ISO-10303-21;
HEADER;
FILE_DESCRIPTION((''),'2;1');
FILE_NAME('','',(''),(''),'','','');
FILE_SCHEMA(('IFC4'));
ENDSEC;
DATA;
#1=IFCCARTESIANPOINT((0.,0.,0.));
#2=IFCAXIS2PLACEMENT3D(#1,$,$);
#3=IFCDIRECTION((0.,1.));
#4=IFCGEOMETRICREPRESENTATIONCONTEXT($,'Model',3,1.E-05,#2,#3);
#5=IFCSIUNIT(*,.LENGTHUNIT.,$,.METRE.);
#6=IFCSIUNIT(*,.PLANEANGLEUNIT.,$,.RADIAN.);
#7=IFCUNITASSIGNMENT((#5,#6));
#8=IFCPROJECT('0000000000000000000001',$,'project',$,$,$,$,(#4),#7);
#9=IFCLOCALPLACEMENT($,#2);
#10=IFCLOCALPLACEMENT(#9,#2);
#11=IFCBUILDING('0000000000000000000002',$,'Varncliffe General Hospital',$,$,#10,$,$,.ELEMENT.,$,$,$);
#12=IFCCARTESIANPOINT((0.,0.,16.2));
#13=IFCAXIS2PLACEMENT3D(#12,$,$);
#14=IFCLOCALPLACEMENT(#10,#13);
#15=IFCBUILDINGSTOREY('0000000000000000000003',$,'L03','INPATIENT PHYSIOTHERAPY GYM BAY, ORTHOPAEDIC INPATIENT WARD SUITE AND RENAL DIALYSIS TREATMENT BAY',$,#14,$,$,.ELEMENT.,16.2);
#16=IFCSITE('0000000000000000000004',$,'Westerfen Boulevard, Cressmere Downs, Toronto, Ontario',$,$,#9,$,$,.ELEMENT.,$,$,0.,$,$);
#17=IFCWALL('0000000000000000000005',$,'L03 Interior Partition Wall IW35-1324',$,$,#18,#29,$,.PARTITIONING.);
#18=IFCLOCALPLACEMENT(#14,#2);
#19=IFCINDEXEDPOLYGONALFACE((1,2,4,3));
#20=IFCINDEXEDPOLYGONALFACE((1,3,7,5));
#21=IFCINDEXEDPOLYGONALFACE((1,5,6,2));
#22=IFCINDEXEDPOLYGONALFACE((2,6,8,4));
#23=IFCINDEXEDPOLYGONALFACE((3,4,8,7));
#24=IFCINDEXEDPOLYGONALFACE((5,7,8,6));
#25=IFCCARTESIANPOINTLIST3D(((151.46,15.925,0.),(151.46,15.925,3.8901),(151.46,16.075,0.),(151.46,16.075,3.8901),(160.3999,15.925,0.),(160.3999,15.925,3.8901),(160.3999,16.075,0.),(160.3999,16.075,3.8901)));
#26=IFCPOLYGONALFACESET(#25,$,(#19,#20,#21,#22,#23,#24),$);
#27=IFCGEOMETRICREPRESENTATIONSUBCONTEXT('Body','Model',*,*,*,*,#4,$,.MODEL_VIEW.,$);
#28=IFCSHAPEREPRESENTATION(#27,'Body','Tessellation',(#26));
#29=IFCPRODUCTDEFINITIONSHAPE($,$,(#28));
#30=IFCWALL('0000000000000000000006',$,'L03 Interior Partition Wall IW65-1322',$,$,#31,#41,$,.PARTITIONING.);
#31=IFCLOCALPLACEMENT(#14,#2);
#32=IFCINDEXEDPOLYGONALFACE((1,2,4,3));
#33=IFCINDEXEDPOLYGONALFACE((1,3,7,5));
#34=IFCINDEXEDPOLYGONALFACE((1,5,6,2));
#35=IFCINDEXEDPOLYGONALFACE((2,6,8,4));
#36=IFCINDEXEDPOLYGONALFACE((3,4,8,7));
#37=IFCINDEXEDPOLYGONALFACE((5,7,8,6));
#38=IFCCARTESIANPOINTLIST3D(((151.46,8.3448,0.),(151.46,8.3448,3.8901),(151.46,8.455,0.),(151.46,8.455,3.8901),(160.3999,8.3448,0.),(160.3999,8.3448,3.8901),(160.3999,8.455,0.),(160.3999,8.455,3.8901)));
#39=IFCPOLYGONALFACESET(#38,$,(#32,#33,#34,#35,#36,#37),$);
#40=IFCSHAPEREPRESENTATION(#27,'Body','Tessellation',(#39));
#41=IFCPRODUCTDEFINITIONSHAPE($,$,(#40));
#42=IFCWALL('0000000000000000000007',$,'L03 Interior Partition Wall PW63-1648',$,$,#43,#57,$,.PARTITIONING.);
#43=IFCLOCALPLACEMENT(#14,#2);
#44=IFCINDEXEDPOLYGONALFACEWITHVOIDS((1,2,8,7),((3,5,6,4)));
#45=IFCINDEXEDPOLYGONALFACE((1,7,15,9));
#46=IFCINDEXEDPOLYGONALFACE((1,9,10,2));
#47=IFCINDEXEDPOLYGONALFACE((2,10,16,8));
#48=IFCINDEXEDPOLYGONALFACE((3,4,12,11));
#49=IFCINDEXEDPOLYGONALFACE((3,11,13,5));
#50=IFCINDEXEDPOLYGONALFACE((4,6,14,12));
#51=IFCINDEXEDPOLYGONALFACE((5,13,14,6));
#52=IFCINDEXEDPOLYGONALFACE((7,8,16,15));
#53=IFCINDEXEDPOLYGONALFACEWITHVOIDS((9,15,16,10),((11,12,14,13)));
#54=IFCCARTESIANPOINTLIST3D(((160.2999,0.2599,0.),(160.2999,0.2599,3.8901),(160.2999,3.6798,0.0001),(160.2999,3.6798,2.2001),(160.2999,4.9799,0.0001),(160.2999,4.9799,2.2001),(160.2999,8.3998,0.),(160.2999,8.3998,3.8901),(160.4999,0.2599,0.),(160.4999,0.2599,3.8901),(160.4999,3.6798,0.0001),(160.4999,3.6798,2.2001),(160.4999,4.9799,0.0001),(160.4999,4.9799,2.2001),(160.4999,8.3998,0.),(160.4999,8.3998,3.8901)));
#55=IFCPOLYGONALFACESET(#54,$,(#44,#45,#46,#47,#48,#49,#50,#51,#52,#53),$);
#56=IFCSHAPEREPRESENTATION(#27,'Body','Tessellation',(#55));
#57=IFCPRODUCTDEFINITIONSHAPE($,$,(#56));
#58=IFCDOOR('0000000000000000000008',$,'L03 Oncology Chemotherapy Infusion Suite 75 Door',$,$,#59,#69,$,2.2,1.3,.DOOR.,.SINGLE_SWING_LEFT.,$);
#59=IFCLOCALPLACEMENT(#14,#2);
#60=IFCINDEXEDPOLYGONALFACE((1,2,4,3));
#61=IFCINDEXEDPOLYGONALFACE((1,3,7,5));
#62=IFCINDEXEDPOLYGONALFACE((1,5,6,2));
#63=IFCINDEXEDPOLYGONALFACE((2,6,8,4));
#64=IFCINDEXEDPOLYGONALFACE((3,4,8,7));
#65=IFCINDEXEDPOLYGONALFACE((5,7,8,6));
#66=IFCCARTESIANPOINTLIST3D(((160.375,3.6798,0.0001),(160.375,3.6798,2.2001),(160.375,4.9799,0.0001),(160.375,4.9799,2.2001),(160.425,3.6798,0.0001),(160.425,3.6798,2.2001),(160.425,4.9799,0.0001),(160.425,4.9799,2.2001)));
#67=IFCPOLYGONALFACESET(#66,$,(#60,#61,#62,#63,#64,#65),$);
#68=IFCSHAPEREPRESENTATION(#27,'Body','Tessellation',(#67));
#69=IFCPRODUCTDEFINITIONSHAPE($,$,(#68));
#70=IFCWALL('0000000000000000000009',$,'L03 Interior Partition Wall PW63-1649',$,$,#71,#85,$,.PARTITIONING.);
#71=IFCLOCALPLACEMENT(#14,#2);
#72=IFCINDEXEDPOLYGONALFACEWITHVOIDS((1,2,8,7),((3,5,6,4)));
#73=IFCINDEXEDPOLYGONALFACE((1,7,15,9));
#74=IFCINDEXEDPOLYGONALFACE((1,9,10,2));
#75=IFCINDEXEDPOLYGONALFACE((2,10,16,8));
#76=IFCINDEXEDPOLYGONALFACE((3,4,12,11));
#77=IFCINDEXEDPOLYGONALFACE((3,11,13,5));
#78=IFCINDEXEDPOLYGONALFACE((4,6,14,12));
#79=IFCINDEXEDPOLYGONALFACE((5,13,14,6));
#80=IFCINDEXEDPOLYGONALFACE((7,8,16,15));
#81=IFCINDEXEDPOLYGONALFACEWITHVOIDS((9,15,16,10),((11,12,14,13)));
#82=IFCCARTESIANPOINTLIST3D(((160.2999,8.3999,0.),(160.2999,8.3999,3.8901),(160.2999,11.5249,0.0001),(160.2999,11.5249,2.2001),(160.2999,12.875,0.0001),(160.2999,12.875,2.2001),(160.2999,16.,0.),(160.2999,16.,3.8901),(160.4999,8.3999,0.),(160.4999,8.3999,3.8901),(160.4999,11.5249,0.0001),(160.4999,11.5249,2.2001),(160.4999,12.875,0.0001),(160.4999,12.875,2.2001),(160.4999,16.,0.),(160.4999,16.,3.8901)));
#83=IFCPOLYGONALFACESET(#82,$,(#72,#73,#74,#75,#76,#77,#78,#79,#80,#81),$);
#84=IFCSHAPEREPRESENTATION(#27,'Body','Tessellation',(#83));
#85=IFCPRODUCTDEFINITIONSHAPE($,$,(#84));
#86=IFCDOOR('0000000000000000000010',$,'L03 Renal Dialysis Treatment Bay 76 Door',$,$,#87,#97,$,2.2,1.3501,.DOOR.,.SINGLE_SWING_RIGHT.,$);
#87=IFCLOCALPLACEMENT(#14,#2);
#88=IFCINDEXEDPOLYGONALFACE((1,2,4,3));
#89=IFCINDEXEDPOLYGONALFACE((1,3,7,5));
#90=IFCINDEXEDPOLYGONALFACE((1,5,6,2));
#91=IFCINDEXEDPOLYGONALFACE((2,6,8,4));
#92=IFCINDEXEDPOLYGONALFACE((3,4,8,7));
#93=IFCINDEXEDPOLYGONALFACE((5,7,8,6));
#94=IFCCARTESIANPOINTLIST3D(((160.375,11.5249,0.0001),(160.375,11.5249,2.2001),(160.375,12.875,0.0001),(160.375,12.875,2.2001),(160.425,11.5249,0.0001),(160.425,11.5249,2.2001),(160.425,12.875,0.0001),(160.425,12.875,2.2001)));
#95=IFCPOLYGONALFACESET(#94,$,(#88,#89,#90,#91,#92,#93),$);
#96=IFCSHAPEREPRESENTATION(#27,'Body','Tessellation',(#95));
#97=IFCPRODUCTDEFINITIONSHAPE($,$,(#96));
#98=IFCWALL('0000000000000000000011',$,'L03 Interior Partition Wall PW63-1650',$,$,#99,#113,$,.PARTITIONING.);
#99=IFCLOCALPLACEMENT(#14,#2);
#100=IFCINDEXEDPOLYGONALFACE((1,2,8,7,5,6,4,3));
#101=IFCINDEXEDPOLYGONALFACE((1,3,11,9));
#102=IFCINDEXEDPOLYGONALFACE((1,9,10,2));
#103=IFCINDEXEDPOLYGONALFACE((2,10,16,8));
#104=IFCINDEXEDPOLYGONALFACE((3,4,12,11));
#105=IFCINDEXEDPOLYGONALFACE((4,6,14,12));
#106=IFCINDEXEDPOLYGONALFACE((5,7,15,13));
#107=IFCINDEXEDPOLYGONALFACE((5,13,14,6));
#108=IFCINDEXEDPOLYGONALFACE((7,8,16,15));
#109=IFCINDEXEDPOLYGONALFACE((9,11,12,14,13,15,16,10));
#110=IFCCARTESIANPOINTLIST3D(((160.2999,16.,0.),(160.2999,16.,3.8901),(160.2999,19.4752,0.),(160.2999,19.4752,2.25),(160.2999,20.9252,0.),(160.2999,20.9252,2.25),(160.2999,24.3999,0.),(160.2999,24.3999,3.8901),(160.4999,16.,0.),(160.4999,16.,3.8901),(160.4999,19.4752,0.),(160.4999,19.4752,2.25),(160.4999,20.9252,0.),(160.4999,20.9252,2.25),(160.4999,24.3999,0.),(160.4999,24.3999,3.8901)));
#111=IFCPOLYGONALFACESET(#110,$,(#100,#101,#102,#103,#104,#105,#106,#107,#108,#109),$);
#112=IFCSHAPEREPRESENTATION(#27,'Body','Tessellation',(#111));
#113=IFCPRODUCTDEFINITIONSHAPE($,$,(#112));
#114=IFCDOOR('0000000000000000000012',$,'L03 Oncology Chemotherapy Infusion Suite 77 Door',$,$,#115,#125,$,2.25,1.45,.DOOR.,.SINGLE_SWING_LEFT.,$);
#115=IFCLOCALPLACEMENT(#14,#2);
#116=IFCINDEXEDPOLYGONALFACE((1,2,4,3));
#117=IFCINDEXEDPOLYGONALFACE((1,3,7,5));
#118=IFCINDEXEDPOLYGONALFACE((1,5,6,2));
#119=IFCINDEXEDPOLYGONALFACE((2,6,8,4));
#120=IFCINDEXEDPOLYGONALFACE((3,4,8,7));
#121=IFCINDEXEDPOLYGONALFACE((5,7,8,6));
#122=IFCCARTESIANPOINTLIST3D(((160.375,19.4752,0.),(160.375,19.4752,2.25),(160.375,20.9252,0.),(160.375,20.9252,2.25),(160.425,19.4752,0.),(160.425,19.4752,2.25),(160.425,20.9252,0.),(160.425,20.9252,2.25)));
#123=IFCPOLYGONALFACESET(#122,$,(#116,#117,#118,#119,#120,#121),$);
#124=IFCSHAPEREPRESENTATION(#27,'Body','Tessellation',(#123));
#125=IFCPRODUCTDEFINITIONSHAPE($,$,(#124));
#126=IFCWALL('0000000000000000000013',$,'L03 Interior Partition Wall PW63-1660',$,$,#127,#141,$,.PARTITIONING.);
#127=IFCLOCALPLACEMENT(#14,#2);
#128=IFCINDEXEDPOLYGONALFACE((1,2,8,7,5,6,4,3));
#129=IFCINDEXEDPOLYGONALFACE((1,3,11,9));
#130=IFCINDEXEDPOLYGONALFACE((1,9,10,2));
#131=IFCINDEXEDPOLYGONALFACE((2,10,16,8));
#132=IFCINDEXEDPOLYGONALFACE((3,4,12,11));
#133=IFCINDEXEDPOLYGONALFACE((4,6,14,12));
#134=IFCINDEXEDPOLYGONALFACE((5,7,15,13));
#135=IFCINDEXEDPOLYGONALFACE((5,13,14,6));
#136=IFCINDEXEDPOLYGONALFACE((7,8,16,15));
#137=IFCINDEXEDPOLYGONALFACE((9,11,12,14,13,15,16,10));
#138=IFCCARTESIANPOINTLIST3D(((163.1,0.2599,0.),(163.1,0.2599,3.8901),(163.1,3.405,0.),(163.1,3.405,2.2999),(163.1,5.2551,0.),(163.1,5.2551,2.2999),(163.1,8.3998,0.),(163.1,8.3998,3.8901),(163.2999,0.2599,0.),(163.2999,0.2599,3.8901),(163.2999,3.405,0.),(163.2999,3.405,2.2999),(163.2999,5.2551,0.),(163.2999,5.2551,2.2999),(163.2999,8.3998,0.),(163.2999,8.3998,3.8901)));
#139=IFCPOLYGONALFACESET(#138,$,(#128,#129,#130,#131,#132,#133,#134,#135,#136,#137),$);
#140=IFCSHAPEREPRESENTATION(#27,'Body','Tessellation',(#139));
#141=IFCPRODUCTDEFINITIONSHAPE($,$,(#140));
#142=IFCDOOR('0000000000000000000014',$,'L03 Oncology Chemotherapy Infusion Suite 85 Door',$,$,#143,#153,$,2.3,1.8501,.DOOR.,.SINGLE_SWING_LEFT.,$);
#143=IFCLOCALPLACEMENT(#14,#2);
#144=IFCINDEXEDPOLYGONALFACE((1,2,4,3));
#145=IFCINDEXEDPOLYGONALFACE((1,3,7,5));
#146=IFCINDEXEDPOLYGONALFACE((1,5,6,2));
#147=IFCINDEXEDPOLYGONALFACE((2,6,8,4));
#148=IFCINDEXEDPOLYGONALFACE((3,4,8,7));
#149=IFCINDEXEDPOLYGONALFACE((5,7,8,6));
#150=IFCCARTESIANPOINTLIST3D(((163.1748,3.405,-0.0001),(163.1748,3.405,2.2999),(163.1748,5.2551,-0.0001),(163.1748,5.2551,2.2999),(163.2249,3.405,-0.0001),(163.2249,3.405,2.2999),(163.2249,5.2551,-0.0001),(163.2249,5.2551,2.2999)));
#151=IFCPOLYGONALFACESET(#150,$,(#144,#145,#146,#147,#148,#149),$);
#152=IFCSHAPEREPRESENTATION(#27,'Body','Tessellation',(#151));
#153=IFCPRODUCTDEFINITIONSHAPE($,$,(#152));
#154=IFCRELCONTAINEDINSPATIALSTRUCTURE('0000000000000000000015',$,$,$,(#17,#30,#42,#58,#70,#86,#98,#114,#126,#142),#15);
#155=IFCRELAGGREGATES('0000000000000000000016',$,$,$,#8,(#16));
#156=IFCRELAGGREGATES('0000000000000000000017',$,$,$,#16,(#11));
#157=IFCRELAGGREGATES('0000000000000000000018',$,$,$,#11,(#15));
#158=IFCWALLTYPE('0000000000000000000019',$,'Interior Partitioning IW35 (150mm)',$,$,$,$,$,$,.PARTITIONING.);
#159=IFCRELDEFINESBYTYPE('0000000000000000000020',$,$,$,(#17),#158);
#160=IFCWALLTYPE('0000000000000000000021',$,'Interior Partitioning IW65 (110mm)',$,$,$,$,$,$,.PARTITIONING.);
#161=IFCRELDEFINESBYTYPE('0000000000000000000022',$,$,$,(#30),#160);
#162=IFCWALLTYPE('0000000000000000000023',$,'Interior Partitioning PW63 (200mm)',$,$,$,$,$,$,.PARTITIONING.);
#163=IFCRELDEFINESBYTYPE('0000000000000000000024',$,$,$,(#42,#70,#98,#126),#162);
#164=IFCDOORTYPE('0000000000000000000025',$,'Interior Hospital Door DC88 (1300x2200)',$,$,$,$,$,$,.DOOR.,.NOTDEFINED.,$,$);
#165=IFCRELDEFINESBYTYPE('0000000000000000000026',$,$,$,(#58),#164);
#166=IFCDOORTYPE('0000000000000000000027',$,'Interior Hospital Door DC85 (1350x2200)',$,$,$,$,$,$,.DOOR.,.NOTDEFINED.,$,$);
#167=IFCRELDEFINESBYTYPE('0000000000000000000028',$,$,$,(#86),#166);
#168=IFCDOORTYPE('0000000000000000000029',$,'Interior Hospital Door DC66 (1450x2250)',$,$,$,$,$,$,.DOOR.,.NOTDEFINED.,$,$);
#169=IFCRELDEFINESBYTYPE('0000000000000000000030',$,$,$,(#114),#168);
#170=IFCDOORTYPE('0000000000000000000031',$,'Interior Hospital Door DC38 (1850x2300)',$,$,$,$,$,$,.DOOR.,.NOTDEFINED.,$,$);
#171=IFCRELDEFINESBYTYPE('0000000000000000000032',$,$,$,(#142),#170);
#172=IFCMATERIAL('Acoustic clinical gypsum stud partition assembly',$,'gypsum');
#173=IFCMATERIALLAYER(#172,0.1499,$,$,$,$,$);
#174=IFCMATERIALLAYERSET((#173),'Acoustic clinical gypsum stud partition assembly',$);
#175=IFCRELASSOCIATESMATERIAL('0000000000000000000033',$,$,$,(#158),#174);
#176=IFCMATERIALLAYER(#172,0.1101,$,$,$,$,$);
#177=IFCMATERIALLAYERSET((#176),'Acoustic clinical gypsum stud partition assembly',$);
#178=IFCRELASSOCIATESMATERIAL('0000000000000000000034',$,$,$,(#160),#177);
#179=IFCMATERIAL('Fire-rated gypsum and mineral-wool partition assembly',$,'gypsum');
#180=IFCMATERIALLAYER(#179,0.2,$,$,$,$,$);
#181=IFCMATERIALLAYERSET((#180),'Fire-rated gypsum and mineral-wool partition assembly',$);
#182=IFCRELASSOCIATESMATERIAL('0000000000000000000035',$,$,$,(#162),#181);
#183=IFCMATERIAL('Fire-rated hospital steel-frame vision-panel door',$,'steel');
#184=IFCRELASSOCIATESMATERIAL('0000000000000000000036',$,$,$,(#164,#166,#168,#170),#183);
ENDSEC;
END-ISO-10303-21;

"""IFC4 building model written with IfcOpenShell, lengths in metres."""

from ifc_helpers import new_model, si_unit, direction, frame, frame_2d, origin, place, context, subcontext, project, spatial, rectangle, extrude, material, layer, layer_set, type_object, element, fill, save


model = new_model("IFC4")

# Units and contexts
model_context = context("Model", 3, precision=1e-05, world=origin(), true_north=direction((0.0, 1.0)))
body_context = subcontext(model_context, "Body", "Model", "MODEL_VIEW")
ifc_project = project(units=[si_unit("LENGTHUNIT", "METRE"), si_unit("PLANEANGLEUNIT", "RADIAN")], contexts=[model_context])

# Site, building, storey
site_placement = place(None, origin())
site = spatial("IfcSite", under=ifc_project, at=site_placement, Name="Westerfen Boulevard, Cressmere Downs, Toronto, Ontario", CompositionType="ELEMENT", RefElevation=0.0)
building_placement = place(site_placement, origin())
building = spatial("IfcBuilding", under=site, at=building_placement, Name="Varncliffe General Hospital", CompositionType="ELEMENT")
storey_placement = place(building_placement, frame((0.0, 0.0, 16.2)))
storey = spatial("IfcBuildingStorey", under=building, at=storey_placement, Name="L03", Description="INPATIENT PHYSIOTHERAPY GYM BAY, ORTHOPAEDIC INPATIENT WARD SUITE AND RENAL DIALYSIS TREATMENT BAY", CompositionType="ELEMENT", Elevation=16.2)

# Walls
ifc_material_1 = material(Name="Acoustic clinical gypsum stud partition assembly", Category="gypsum")
ifc_layer_1 = layer(ifc_material_1, 0.1499)
ifc_layer_set_1 = layer_set([ifc_layer_1], Name="Acoustic clinical gypsum stud partition assembly")
wall_type_1 = type_object("IfcWallType", Name="Interior Partitioning IW35 (150mm)", PredefinedType="PARTITIONING", material=ifc_layer_set_1)
wall_1_placement = place(storey_placement, frame((151.46, 16.0, 0.0), z_axis=(0.0, 0.0, 1.0), x_axis=(1.0, 0.0, 0.0)))
element("IfcWall", 1, at=wall_1_placement, inside=storey, type_object=wall_type_1, Name="L03 Interior Partition Wall IW35-1324", PredefinedType="PARTITIONING", context=body_context, shape_type="SweptSolid", body=[
    extrude(rectangle(XDim=8.9399, YDim=0.1499, at=frame_2d((4.47, 0.0))), origin(), (0.0, 0.0, 1.0), 3.8901),
])
ifc_layer_2 = layer(ifc_material_1, 0.1101)
ifc_layer_set_2 = layer_set([ifc_layer_2], Name="Acoustic clinical gypsum stud partition assembly")
wall_type_2 = type_object("IfcWallType", Name="Interior Partitioning IW65 (110mm)", PredefinedType="PARTITIONING", material=ifc_layer_set_2)
wall_2_placement = place(storey_placement, frame((151.46, 8.3999, 0.0), z_axis=(0.0, 0.0, 1.0), x_axis=(1.0, 0.0, 0.0)))
element("IfcWall", 2, at=wall_2_placement, inside=storey, type_object=wall_type_2, Name="L03 Interior Partition Wall IW65-1322", PredefinedType="PARTITIONING", context=body_context, shape_type="SweptSolid", body=[
    extrude(rectangle(XDim=8.9399, YDim=0.1101, at=frame_2d((4.47, 0.0))), origin(), (0.0, 0.0, 1.0), 3.8901),
])

# Walls, openings, doors
ifc_material_2 = material(Name="Fire-rated gypsum and mineral-wool partition assembly", Category="gypsum")
ifc_layer_3 = layer(ifc_material_2, 0.2)
ifc_layer_set_3 = layer_set([ifc_layer_3], Name="Fire-rated gypsum and mineral-wool partition assembly")
wall_type_3 = type_object("IfcWallType", Name="Interior Partitioning PW63 (200mm)", PredefinedType="PARTITIONING", material=ifc_layer_set_3)
wall_3_placement = place(storey_placement, frame((160.3999, 0.26, 0.0), z_axis=(0.0, 0.0, 1.0), x_axis=(0.0, 1.0, 0.0)))
wall_3 = element("IfcWall", 3, at=wall_3_placement, inside=storey, type_object=wall_type_3, Name="L03 Interior Partition Wall PW63-1648", PredefinedType="PARTITIONING", context=body_context, shape_type="SweptSolid", body=[
    extrude(rectangle(XDim=8.1399, YDim=0.2, at=frame_2d((4.0698, 0.0))), origin(), (0.0, 0.0, 1.0), 3.8901),
])
opening_1_placement = place(wall_3_placement, frame((3.4199, 0.0, 0.0)))
opening_1 = element("IfcOpeningElement", 4, at=opening_1_placement, cuts=wall_3, PredefinedType="OPENING", context=body_context, shape_type="SweptSolid", body=[
    extrude(rectangle(XDim=1.3, YDim=2.2, at=frame_2d((0.6499, 1.1001))), frame((0.0, 0.1099, 0.0), z_axis=(0.0, -1.0, 0.0), x_axis=(1.0, 0.0, 0.0)), (0.0, 0.0, 1.0), 0.22),
])
ifc_material_3 = material(Name="Fire-rated hospital steel-frame vision-panel door", Category="steel")
door_type_1 = type_object("IfcDoorType", Name="Interior Hospital Door DC88 (1300x2200)", OperationType="NOTDEFINED", PredefinedType="DOOR", material=ifc_material_3)
door_1_placement = place(opening_1_placement, origin())
door_1 = element("IfcDoor", 5, at=door_1_placement, inside=storey, type_object=door_type_1, Name="L03 Oncology Chemotherapy Infusion Suite 75 Door", OperationType="SINGLE_SWING_LEFT", OverallHeight=2.2, OverallWidth=1.3, PredefinedType="DOOR", context=body_context, shape_type="SweptSolid", body=[
    extrude(rectangle(XDim=1.3, YDim=2.2, at=frame_2d((0.6499, 1.1001))), frame((0.0, 0.0249, 0.0), z_axis=(0.0, -1.0, 0.0), x_axis=(1.0, 0.0, 0.0)), (0.0, 0.0, 1.0), 0.05),
])
fill(opening_1, door_1)
wall_4_placement = place(storey_placement, frame((160.3999, 8.3999, 0.0), z_axis=(0.0, 0.0, 1.0), x_axis=(0.0, 1.0, 0.0)))
wall_4 = element("IfcWall", 6, at=wall_4_placement, inside=storey, type_object=wall_type_3, Name="L03 Interior Partition Wall PW63-1649", PredefinedType="PARTITIONING", context=body_context, shape_type="SweptSolid", body=[
    extrude(rectangle(XDim=7.6001, YDim=0.2, at=frame_2d((3.8, 0.0))), origin(), (0.0, 0.0, 1.0), 3.8901),
])
opening_2_placement = place(wall_4_placement, frame((3.125, 0.0, 0.0)))
opening_2 = element("IfcOpeningElement", 7, at=opening_2_placement, cuts=wall_4, PredefinedType="OPENING", context=body_context, shape_type="SweptSolid", body=[
    extrude(rectangle(XDim=1.3501, YDim=2.2, at=frame_2d((0.675, 1.1001))), frame((0.0, 0.1099, 0.0), z_axis=(0.0, -1.0, 0.0), x_axis=(1.0, 0.0, 0.0)), (0.0, 0.0, 1.0), 0.22),
])
door_type_2 = type_object("IfcDoorType", Name="Interior Hospital Door DC85 (1350x2200)", OperationType="NOTDEFINED", PredefinedType="DOOR", material=ifc_material_3)
door_2_placement = place(opening_2_placement, origin())
door_2 = element("IfcDoor", 8, at=door_2_placement, inside=storey, type_object=door_type_2, Name="L03 Renal Dialysis Treatment Bay 76 Door", OperationType="SINGLE_SWING_RIGHT", OverallHeight=2.2, OverallWidth=1.3501, PredefinedType="DOOR", context=body_context, shape_type="SweptSolid", body=[
    extrude(rectangle(XDim=1.3501, YDim=2.2, at=frame_2d((0.675, 1.1001))), frame((0.0, 0.0249, 0.0), z_axis=(0.0, -1.0, 0.0), x_axis=(1.0, 0.0, 0.0)), (0.0, 0.0, 1.0), 0.05),
])
fill(opening_2, door_2)
wall_5_placement = place(storey_placement, frame((160.3999, 16.0, 0.0), z_axis=(0.0, 0.0, 1.0), x_axis=(0.0, 1.0, 0.0)))
wall_5 = element("IfcWall", 9, at=wall_5_placement, inside=storey, type_object=wall_type_3, Name="L03 Interior Partition Wall PW63-1650", PredefinedType="PARTITIONING", context=body_context, shape_type="SweptSolid", body=[
    extrude(rectangle(XDim=8.3999, YDim=0.2, at=frame_2d((4.2, 0.0))), origin(), (0.0, 0.0, 1.0), 3.8901),
])
opening_3_placement = place(wall_5_placement, frame((3.4751, 0.0, 0.0)))
opening_3 = element("IfcOpeningElement", 10, at=opening_3_placement, cuts=wall_5, PredefinedType="OPENING", context=body_context, shape_type="SweptSolid", body=[
    extrude(rectangle(XDim=1.45, YDim=2.25, at=frame_2d((0.7251, 1.125))), frame((0.0, 0.1099, 0.0), z_axis=(0.0, -1.0, 0.0), x_axis=(1.0, 0.0, 0.0)), (0.0, 0.0, 1.0), 0.22),
])
door_type_3 = type_object("IfcDoorType", Name="Interior Hospital Door DC66 (1450x2250)", OperationType="NOTDEFINED", PredefinedType="DOOR", material=ifc_material_3)
door_3_placement = place(opening_3_placement, origin())
door_3 = element("IfcDoor", 11, at=door_3_placement, inside=storey, type_object=door_type_3, Name="L03 Oncology Chemotherapy Infusion Suite 77 Door", OperationType="SINGLE_SWING_LEFT", OverallHeight=2.25, OverallWidth=1.45, PredefinedType="DOOR", context=body_context, shape_type="SweptSolid", body=[
    extrude(rectangle(XDim=1.45, YDim=2.25, at=frame_2d((0.7251, 1.125))), frame((0.0, 0.0249, 0.0), z_axis=(0.0, -1.0, 0.0), x_axis=(1.0, 0.0, 0.0)), (0.0, 0.0, 1.0), 0.05),
])
fill(opening_3, door_3)
wall_6_placement = place(storey_placement, frame((163.2, 0.26, 0.0), z_axis=(0.0, 0.0, 1.0), x_axis=(0.0, 1.0, 0.0)))
wall_6 = element("IfcWall", 12, at=wall_6_placement, inside=storey, type_object=wall_type_3, Name="L03 Interior Partition Wall PW63-1660", PredefinedType="PARTITIONING", context=body_context, shape_type="SweptSolid", body=[
    extrude(rectangle(XDim=8.1399, YDim=0.2, at=frame_2d((4.0698, 0.0))), origin(), (0.0, 0.0, 1.0), 3.8901),
])
opening_4_placement = place(wall_6_placement, frame((3.145, 0.0, 0.0)))
opening_4 = element("IfcOpeningElement", 13, at=opening_4_placement, cuts=wall_6, PredefinedType="OPENING", context=body_context, shape_type="SweptSolid", body=[
    extrude(rectangle(XDim=1.8501, YDim=2.3, at=frame_2d((0.925, 1.1499))), frame((0.0, 0.1099, 0.0), z_axis=(0.0, -1.0, 0.0), x_axis=(1.0, 0.0, 0.0)), (0.0, 0.0, 1.0), 0.22),
])
door_type_4 = type_object("IfcDoorType", Name="Interior Hospital Door DC38 (1850x2300)", OperationType="NOTDEFINED", PredefinedType="DOOR", material=ifc_material_3)
door_4_placement = place(opening_4_placement, frame((1.8501, 0.0, 0.0), z_axis=(0.0, 0.0, 1.0), x_axis=(-1.0, 0.0, 0.0)))
door_4 = element("IfcDoor", 14, at=door_4_placement, inside=storey, type_object=door_type_4, Name="L03 Oncology Chemotherapy Infusion Suite 85 Door", OperationType="SINGLE_SWING_LEFT", OverallHeight=2.3, OverallWidth=1.8501, PredefinedType="DOOR", context=body_context, shape_type="SweptSolid", body=[
    extrude(rectangle(XDim=1.8501, YDim=2.3, at=frame_2d((0.925, 1.1499))), frame((0.0, 0.0249, 0.0), z_axis=(0.0, -1.0, 0.0), x_axis=(1.0, 0.0, 0.0)), (0.0, 0.0, 1.0), 0.05),
])
fill(opening_4, door_4)

save(model, "model.ifc")
